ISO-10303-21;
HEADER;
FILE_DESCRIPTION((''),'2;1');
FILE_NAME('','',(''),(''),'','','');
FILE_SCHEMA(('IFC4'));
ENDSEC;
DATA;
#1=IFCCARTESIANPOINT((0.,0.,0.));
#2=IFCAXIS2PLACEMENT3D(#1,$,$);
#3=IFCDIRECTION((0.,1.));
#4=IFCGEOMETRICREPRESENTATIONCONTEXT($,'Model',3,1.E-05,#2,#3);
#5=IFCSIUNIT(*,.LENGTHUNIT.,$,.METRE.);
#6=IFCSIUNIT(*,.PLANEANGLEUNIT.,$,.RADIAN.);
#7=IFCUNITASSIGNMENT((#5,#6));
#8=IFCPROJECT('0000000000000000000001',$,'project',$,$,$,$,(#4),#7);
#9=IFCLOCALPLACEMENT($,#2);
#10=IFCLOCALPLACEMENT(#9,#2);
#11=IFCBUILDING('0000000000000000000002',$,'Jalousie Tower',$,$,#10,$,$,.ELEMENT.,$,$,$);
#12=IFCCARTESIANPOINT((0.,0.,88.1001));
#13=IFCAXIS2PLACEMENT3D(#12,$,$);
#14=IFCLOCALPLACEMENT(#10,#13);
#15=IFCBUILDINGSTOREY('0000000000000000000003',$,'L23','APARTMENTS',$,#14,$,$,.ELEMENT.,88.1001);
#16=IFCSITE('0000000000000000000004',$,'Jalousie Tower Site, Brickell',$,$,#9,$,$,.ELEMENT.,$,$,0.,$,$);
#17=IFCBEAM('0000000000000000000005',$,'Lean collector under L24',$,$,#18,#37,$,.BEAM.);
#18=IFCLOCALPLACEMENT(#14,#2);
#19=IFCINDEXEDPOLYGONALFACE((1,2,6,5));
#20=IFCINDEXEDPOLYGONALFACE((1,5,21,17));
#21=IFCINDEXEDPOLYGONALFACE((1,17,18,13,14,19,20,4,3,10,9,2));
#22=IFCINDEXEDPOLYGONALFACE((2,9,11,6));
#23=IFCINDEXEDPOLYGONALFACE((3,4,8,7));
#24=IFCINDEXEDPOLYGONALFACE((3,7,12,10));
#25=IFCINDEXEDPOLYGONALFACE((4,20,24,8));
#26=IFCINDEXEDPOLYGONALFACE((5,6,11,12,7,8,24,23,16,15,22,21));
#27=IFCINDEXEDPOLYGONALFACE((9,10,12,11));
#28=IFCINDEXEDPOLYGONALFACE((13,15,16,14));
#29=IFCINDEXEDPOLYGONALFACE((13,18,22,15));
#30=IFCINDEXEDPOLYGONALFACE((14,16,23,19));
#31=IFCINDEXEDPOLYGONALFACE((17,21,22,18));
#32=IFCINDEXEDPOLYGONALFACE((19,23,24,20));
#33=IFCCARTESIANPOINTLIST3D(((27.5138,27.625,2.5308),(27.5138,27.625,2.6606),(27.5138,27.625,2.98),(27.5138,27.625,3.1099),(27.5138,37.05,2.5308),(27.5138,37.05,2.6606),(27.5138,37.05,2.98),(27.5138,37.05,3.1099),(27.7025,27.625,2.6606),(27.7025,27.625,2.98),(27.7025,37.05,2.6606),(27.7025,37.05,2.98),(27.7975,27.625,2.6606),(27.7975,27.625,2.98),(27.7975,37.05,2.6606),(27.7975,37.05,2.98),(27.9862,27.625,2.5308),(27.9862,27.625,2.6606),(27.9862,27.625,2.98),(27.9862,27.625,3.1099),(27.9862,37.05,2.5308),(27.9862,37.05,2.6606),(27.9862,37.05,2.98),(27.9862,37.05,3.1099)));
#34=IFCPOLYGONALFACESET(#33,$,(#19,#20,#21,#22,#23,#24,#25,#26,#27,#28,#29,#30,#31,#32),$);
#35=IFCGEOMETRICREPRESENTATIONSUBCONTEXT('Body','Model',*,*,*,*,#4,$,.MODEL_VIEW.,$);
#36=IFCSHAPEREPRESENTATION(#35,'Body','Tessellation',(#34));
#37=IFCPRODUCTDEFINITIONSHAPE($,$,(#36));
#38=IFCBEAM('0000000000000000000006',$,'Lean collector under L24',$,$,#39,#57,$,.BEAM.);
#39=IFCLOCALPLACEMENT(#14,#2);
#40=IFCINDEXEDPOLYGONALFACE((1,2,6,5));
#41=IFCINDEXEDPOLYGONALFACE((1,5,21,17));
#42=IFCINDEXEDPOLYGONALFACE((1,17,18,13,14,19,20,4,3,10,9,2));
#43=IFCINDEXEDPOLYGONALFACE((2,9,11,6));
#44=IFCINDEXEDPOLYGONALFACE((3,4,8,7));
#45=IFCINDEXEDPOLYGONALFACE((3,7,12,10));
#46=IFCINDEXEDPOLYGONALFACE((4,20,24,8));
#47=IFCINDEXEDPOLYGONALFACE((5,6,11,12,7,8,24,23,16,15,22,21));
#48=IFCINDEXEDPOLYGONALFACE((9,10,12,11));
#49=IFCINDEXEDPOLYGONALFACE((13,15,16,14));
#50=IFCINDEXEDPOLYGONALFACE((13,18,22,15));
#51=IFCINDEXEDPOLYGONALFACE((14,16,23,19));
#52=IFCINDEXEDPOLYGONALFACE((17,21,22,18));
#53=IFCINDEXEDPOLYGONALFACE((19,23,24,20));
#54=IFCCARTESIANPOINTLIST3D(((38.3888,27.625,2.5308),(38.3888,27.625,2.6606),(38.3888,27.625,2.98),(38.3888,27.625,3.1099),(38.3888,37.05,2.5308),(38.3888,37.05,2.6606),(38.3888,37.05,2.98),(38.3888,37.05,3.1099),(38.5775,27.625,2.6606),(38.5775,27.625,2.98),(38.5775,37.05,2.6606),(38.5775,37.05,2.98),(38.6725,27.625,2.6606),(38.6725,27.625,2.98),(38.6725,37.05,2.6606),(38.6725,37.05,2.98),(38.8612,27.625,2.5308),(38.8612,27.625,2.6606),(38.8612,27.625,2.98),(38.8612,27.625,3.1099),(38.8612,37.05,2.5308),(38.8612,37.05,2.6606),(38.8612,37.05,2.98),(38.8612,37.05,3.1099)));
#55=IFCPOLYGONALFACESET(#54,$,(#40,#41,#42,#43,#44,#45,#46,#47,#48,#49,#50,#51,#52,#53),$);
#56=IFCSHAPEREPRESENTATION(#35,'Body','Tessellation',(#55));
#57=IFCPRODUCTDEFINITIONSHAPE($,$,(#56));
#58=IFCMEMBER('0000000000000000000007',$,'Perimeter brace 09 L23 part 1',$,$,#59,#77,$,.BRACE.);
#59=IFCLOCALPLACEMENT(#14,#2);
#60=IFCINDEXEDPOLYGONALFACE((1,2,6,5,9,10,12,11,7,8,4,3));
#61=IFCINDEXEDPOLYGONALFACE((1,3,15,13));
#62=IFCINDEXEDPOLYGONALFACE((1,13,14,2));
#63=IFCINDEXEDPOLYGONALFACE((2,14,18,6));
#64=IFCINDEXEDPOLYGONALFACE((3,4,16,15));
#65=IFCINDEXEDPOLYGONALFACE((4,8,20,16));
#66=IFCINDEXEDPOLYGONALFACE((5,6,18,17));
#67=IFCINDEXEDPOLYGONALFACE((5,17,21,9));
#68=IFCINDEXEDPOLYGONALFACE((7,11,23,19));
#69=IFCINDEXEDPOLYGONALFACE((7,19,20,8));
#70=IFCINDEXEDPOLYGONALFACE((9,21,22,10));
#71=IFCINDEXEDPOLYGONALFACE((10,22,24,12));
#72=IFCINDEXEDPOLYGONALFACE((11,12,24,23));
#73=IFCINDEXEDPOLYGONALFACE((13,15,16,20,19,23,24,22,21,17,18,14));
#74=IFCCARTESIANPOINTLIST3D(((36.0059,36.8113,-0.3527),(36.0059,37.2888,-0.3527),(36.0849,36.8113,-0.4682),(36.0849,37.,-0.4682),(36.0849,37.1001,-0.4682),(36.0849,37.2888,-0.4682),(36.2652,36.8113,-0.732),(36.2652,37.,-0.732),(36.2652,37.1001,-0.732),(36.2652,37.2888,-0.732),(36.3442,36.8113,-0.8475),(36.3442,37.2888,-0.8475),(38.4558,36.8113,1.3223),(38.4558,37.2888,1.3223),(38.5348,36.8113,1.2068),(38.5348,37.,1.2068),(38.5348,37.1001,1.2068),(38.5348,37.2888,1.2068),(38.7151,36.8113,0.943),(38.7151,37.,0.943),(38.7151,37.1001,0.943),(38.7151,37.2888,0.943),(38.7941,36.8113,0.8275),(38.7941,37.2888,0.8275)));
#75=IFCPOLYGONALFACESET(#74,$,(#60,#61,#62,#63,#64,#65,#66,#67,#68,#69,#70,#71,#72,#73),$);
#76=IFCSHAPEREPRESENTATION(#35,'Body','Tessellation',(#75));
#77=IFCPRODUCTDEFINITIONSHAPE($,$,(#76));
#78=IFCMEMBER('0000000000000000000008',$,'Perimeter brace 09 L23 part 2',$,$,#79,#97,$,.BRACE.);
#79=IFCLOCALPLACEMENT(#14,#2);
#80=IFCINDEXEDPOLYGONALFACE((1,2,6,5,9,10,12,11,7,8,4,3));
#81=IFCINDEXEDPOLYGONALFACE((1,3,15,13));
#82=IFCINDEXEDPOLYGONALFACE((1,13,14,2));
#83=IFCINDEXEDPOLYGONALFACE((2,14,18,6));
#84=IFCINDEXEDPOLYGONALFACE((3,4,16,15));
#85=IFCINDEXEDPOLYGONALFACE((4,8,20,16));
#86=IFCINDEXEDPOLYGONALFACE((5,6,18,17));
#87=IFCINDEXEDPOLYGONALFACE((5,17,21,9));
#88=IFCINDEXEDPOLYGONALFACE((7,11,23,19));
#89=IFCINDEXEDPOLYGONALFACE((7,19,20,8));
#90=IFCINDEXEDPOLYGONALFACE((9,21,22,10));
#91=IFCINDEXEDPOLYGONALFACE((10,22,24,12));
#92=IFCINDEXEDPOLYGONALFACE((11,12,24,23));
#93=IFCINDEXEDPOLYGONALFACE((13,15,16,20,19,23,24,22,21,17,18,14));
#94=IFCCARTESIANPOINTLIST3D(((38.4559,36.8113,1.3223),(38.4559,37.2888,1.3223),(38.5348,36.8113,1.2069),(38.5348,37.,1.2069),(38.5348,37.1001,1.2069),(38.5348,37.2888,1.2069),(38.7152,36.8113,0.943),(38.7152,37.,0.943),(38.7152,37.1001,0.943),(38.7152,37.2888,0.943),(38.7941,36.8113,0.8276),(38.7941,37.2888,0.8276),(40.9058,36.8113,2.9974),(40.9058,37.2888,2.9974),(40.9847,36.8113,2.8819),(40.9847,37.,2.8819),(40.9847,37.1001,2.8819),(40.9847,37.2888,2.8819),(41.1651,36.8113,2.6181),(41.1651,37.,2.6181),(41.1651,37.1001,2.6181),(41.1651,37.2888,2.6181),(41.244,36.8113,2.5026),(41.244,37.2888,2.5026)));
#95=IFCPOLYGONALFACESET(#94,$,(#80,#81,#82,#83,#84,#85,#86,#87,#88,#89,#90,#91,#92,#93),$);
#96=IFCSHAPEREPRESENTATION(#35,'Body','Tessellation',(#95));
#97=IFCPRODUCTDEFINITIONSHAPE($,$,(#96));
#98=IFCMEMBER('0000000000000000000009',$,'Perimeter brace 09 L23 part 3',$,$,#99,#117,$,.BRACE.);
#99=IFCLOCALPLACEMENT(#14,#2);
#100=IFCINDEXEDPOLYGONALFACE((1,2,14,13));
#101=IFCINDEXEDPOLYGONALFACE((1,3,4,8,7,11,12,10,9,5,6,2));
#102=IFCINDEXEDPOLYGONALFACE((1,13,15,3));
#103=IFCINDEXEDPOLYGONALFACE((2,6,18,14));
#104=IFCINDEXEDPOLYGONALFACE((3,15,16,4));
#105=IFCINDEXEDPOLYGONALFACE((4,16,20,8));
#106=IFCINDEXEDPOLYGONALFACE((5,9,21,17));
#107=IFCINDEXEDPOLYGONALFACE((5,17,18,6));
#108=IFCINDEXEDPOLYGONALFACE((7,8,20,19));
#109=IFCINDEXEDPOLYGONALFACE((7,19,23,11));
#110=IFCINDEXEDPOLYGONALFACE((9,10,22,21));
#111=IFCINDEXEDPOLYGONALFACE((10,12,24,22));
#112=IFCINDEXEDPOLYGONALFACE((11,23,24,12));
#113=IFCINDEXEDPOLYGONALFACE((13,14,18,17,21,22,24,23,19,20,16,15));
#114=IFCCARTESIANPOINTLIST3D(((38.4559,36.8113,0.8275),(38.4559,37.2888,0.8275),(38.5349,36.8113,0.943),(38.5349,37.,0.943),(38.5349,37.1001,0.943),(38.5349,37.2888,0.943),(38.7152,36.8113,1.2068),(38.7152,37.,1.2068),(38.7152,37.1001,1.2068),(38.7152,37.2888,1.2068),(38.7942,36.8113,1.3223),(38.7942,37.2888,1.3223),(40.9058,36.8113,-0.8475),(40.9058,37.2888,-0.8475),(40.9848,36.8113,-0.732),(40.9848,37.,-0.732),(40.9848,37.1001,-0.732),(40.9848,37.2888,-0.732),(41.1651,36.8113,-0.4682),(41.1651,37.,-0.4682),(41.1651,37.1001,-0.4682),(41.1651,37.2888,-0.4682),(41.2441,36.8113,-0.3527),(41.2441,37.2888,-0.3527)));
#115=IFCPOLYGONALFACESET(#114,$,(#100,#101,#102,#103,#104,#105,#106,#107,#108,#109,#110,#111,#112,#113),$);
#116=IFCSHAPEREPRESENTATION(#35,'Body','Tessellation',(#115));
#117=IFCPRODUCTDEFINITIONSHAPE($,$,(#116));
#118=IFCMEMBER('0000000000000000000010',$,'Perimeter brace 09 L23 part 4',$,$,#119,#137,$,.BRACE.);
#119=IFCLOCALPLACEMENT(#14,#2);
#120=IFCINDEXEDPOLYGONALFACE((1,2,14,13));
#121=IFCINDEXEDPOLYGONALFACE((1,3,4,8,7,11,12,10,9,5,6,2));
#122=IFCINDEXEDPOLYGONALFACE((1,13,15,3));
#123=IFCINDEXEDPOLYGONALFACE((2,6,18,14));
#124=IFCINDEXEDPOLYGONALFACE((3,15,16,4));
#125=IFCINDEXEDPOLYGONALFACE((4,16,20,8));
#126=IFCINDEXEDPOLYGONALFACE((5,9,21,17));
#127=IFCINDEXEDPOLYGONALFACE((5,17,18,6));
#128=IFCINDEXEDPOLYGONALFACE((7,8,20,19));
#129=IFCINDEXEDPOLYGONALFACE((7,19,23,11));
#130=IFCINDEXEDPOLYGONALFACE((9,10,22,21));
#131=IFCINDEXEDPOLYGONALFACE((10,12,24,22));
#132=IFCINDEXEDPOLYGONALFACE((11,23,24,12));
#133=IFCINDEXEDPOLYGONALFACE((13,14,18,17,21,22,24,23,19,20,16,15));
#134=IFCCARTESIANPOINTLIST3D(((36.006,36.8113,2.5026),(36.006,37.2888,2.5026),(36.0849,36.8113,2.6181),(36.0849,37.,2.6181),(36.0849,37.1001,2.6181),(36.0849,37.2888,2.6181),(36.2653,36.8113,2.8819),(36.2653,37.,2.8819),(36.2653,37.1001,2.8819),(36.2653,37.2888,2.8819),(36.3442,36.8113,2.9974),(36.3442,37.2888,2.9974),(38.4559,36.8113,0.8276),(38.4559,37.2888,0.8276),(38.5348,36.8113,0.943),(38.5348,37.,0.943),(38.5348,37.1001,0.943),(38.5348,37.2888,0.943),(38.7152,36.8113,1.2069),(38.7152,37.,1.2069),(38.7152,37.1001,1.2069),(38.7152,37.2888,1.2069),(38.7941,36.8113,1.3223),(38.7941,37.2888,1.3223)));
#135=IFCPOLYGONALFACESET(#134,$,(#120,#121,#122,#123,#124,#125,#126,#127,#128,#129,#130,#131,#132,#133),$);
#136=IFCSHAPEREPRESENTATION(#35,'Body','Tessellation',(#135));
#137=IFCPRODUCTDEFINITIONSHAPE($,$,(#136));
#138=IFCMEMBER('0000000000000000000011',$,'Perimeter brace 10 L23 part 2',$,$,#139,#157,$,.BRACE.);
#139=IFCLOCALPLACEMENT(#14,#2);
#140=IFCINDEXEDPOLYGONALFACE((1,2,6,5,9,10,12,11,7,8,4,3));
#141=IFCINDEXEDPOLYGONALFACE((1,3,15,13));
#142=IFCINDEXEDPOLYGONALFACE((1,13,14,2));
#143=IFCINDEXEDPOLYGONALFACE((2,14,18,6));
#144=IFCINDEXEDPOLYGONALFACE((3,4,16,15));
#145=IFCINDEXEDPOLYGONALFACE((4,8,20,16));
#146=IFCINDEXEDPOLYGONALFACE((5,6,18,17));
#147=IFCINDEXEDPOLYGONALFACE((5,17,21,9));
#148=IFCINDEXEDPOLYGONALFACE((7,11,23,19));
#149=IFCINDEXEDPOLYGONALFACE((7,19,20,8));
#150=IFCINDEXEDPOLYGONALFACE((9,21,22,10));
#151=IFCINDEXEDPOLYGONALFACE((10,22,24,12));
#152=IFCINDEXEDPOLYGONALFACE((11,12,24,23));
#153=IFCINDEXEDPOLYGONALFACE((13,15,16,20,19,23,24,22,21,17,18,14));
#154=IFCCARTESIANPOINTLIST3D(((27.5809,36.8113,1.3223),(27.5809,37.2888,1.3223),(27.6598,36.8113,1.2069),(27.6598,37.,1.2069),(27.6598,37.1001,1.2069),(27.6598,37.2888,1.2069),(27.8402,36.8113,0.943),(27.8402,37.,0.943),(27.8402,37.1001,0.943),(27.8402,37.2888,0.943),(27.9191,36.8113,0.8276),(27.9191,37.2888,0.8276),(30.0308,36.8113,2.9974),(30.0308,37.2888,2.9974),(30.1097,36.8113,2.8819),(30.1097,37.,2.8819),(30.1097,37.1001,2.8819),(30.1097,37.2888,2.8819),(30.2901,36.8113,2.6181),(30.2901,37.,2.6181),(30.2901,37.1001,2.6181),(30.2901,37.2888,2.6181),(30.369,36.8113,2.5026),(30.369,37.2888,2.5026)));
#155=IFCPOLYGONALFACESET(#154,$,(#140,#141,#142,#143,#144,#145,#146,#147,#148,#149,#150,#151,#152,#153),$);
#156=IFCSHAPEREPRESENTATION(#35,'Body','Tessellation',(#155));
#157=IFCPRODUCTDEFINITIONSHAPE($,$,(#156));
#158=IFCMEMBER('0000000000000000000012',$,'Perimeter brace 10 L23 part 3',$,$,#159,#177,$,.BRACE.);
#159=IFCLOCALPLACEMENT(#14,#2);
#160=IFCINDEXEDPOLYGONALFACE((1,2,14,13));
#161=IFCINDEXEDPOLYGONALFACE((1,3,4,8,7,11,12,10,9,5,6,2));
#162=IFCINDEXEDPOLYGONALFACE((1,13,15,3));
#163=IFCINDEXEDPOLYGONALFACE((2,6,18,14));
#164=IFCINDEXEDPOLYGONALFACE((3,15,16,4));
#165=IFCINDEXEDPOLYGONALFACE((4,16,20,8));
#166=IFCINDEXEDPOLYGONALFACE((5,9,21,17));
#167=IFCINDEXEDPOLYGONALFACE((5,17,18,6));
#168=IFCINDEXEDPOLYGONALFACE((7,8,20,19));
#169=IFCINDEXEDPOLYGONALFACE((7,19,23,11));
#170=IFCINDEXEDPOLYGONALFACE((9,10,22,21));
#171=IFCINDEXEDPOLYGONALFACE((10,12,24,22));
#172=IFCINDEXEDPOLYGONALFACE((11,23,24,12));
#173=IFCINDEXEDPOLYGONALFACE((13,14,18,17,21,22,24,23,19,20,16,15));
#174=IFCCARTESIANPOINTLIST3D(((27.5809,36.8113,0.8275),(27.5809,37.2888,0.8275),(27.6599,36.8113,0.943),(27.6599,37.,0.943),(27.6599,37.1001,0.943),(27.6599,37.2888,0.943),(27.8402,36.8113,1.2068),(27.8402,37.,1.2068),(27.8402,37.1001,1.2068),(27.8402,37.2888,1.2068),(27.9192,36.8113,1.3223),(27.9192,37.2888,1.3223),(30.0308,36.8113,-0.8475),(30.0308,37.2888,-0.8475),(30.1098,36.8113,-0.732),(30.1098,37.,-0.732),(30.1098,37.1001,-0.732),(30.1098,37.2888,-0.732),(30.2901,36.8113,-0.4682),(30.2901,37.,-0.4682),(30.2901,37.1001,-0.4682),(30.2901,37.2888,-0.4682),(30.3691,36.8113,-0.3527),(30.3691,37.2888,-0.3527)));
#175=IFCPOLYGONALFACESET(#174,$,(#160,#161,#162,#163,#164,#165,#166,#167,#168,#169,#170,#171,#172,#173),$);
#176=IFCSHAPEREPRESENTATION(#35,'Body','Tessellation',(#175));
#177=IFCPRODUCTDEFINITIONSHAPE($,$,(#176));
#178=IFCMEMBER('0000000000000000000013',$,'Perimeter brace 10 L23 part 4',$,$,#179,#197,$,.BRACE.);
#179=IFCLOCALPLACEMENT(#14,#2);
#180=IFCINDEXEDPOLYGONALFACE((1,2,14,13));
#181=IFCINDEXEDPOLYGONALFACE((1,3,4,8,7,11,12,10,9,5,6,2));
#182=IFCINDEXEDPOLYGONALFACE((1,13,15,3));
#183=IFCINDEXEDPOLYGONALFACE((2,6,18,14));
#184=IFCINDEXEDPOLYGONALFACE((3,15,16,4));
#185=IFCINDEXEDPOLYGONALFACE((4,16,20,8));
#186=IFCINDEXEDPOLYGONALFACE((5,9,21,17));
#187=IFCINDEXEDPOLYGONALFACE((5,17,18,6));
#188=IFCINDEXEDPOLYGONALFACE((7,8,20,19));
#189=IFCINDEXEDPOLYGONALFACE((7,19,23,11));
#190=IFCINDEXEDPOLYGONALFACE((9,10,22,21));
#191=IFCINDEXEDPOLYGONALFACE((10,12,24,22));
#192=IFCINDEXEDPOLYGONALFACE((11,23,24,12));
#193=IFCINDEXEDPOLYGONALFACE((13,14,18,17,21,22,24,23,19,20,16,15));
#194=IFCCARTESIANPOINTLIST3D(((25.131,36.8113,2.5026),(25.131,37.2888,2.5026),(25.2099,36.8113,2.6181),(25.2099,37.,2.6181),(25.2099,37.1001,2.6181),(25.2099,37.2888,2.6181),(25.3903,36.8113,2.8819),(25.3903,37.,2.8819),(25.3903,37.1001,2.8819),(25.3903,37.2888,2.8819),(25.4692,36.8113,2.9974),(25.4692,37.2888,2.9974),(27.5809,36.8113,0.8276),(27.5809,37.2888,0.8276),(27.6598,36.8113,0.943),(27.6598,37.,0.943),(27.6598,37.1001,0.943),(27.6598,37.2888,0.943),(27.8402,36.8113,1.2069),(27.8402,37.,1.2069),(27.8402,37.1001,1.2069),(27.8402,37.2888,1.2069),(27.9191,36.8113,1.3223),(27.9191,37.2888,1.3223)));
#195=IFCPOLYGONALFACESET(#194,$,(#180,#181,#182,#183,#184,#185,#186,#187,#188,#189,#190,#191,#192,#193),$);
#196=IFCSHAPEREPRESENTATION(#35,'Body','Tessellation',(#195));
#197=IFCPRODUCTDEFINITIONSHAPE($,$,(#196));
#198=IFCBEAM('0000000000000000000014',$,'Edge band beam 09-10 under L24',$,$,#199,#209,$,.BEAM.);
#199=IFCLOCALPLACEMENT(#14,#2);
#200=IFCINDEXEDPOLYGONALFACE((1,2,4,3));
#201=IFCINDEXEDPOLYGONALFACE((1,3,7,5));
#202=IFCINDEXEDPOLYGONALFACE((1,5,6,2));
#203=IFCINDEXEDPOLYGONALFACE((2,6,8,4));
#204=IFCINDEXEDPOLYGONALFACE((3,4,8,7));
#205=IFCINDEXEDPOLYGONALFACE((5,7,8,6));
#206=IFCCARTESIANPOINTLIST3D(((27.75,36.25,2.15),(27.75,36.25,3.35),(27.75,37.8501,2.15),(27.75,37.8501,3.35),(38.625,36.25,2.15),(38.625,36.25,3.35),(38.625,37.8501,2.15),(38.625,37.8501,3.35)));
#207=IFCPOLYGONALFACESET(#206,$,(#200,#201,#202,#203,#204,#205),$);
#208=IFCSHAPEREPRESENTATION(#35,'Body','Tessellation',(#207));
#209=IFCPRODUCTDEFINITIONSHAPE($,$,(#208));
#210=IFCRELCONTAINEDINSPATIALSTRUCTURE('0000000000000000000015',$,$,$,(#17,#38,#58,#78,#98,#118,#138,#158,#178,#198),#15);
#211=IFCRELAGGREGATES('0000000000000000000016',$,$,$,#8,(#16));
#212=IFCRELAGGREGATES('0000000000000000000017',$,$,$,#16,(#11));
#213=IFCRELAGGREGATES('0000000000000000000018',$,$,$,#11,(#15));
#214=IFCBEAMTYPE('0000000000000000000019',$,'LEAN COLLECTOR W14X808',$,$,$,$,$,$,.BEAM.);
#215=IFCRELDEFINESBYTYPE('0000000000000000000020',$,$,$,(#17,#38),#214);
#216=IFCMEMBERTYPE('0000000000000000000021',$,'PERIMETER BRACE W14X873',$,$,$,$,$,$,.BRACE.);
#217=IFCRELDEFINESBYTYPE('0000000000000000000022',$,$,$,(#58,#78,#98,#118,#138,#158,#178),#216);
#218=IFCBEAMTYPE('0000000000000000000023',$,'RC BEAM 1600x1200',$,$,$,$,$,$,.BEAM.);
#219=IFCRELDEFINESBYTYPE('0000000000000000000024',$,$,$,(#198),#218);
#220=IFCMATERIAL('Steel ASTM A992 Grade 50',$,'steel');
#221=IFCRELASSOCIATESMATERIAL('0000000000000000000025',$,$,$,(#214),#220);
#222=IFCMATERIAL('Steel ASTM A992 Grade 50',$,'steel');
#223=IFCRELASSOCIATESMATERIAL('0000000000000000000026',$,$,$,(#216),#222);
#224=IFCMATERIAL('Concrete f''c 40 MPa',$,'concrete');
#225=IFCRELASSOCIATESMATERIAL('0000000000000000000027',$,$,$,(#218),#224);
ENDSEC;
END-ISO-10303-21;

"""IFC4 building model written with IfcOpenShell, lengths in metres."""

from ifc_helpers import new_model, si_unit, direction, frame, origin, origin_2d, place, context, subcontext, project, spatial, rectangle, i_section, extrude, material, material_profile, profile_set, type_object, element, save


model = new_model("IFC4")

# Units and contexts
model_context = context("Model", 3, precision=1e-05, world=origin(), true_north=direction((0.0, 1.0)))
body_context = subcontext(model_context, "Body", "Model", "MODEL_VIEW")
ifc_project = project(units=[si_unit("LENGTHUNIT", "METRE"), si_unit("PLANEANGLEUNIT", "RADIAN")], contexts=[model_context])

# Site, building, storey
site_placement = place(None, origin())
site = spatial("IfcSite", under=ifc_project, at=site_placement, Name="Jalousie Tower Site, Brickell", CompositionType="ELEMENT", RefElevation=0.0)
building_placement = place(site_placement, origin())
building = spatial("IfcBuilding", under=site, at=building_placement, Name="Jalousie Tower", CompositionType="ELEMENT")
storey_placement = place(building_placement, frame((0.0, 0.0, 88.1001)))
storey = spatial("IfcBuildingStorey", under=building, at=storey_placement, Name="L23", Description="APARTMENTS", CompositionType="ELEMENT", Elevation=88.1001)

# Beams
ifc_material_1 = material(Name="Steel ASTM A992 Grade 50", Category="steel")
ifc_material_profile_1 = material_profile(ifc_material_1, i_section(OverallWidth=0.4724, OverallDepth=0.5791, WebThickness=0.095, FlangeThickness=0.1299, at=origin_2d()), Name="W14X808")
ifc_profile_set_1 = profile_set([ifc_material_profile_1], Name="Steel ASTM A992 Grade 50")
beam_type_1 = type_object("IfcBeamType", Name="LEAN COLLECTOR W14X808", PredefinedType="BEAM", material=ifc_profile_set_1)
for number, where, z_axis, x_axis, name in (
    (1, (27.75, 37.05, 2.8203), (0.0, -1.0, 0.0), (1.0, 0.0, 0.0), "Lean collector under L24"),
    (2, (38.625, 37.05, 2.8203), (0.0, -1.0, 0.0), (1.0, 0.0, 0.0), "Lean collector under L24"),
):
    element("IfcBeam", number, at=place(storey_placement, frame(where, z_axis=z_axis, x_axis=x_axis)), inside=storey, type_object=beam_type_1, Name=name, PredefinedType="BEAM", context=body_context, shape_type="SweptSolid", body=[
        extrude(i_section(OverallWidth=0.4724, OverallDepth=0.5791, WebThickness=0.095, FlangeThickness=0.1299, at=origin_2d()), origin(), (0.0, 0.0, 1.0), 9.425),
    ])

# Members
ifc_material_2 = material(Name="Steel ASTM A992 Grade 50", Category="steel")
ifc_material_profile_2 = material_profile(ifc_material_2, i_section(OverallWidth=0.4775, OverallDepth=0.5994, WebThickness=0.1001, FlangeThickness=0.1399, at=origin_2d()), Name="W14X873")
ifc_profile_set_2 = profile_set([ifc_material_profile_2], Name="Steel ASTM A992 Grade 50")
member_type_1 = type_object("IfcMemberType", Name="PERIMETER BRACE W14X873", PredefinedType="BRACE", material=ifc_profile_set_2)
for number, where, z_axis, x_axis, name in (
    (3, (36.175, 37.05, -0.6001), (0.825501, 0.0, 0.564401), (0.0, 1.0, 0.0), "Perimeter brace 09 L23 part 1"),
    (4, (38.625, 37.05, 1.075), (0.825501, 0.0, 0.564401), (0.0, 1.0, 0.0), "Perimeter brace 09 L23 part 2"),
    (5, (41.075, 37.05, -0.6001), (-0.825501, 0.0, 0.564401), (0.0, -1.0, 0.0), "Perimeter brace 09 L23 part 3"),
    (6, (38.625, 37.05, 1.075), (-0.825501, 0.0, 0.564401), (0.0, -1.0, 0.0), "Perimeter brace 09 L23 part 4"),
    (7, (27.75, 37.05, 1.075), (0.825501, 0.0, 0.564401), (0.0, 1.0, 0.0), "Perimeter brace 10 L23 part 2"),
    (8, (30.2, 37.05, -0.6001), (-0.825501, 0.0, 0.564401), (0.0, -1.0, 0.0), "Perimeter brace 10 L23 part 3"),
    (9, (27.75, 37.05, 1.075), (-0.825501, 0.0, 0.564401), (0.0, -1.0, 0.0), "Perimeter brace 10 L23 part 4"),
):
    element("IfcMember", number, at=place(storey_placement, frame(where, z_axis=z_axis, x_axis=x_axis)), inside=storey, type_object=member_type_1, Name=name, PredefinedType="BRACE", context=body_context, shape_type="SweptSolid", body=[
        extrude(i_section(OverallWidth=0.4775, OverallDepth=0.5994, WebThickness=0.1001, FlangeThickness=0.1399, at=origin_2d()), origin(), (0.0, 0.0, 1.0), 2.9678),
    ])

# Beam
ifc_material_3 = material(Name="Concrete f'c 40 MPa", Category="concrete")
ifc_material_profile_3 = material_profile(ifc_material_3, rectangle(XDim=1.6001, YDim=1.2, at=origin_2d()), Name="RC 1600x1200")
ifc_profile_set_3 = profile_set([ifc_material_profile_3], Name="Concrete f'c 40 MPa")
beam_type_2 = type_object("IfcBeamType", Name="RC BEAM 1600x1200", PredefinedType="BEAM", material=ifc_profile_set_3)
beam_placement = place(storey_placement, frame((38.625, 37.05, 2.75), z_axis=(-1.0, 0.0, 0.0), x_axis=(0.0, -1.0, 0.0)))
element("IfcBeam", 10, at=beam_placement, inside=storey, type_object=beam_type_2, Name="Edge band beam 09-10 under L24", PredefinedType="BEAM", context=body_context, shape_type="SweptSolid", body=[
    extrude(rectangle(XDim=1.6001, YDim=1.2, at=origin_2d()), origin(), (0.0, 0.0, 1.0), 10.875),
])

save(model, "model.ifc")
